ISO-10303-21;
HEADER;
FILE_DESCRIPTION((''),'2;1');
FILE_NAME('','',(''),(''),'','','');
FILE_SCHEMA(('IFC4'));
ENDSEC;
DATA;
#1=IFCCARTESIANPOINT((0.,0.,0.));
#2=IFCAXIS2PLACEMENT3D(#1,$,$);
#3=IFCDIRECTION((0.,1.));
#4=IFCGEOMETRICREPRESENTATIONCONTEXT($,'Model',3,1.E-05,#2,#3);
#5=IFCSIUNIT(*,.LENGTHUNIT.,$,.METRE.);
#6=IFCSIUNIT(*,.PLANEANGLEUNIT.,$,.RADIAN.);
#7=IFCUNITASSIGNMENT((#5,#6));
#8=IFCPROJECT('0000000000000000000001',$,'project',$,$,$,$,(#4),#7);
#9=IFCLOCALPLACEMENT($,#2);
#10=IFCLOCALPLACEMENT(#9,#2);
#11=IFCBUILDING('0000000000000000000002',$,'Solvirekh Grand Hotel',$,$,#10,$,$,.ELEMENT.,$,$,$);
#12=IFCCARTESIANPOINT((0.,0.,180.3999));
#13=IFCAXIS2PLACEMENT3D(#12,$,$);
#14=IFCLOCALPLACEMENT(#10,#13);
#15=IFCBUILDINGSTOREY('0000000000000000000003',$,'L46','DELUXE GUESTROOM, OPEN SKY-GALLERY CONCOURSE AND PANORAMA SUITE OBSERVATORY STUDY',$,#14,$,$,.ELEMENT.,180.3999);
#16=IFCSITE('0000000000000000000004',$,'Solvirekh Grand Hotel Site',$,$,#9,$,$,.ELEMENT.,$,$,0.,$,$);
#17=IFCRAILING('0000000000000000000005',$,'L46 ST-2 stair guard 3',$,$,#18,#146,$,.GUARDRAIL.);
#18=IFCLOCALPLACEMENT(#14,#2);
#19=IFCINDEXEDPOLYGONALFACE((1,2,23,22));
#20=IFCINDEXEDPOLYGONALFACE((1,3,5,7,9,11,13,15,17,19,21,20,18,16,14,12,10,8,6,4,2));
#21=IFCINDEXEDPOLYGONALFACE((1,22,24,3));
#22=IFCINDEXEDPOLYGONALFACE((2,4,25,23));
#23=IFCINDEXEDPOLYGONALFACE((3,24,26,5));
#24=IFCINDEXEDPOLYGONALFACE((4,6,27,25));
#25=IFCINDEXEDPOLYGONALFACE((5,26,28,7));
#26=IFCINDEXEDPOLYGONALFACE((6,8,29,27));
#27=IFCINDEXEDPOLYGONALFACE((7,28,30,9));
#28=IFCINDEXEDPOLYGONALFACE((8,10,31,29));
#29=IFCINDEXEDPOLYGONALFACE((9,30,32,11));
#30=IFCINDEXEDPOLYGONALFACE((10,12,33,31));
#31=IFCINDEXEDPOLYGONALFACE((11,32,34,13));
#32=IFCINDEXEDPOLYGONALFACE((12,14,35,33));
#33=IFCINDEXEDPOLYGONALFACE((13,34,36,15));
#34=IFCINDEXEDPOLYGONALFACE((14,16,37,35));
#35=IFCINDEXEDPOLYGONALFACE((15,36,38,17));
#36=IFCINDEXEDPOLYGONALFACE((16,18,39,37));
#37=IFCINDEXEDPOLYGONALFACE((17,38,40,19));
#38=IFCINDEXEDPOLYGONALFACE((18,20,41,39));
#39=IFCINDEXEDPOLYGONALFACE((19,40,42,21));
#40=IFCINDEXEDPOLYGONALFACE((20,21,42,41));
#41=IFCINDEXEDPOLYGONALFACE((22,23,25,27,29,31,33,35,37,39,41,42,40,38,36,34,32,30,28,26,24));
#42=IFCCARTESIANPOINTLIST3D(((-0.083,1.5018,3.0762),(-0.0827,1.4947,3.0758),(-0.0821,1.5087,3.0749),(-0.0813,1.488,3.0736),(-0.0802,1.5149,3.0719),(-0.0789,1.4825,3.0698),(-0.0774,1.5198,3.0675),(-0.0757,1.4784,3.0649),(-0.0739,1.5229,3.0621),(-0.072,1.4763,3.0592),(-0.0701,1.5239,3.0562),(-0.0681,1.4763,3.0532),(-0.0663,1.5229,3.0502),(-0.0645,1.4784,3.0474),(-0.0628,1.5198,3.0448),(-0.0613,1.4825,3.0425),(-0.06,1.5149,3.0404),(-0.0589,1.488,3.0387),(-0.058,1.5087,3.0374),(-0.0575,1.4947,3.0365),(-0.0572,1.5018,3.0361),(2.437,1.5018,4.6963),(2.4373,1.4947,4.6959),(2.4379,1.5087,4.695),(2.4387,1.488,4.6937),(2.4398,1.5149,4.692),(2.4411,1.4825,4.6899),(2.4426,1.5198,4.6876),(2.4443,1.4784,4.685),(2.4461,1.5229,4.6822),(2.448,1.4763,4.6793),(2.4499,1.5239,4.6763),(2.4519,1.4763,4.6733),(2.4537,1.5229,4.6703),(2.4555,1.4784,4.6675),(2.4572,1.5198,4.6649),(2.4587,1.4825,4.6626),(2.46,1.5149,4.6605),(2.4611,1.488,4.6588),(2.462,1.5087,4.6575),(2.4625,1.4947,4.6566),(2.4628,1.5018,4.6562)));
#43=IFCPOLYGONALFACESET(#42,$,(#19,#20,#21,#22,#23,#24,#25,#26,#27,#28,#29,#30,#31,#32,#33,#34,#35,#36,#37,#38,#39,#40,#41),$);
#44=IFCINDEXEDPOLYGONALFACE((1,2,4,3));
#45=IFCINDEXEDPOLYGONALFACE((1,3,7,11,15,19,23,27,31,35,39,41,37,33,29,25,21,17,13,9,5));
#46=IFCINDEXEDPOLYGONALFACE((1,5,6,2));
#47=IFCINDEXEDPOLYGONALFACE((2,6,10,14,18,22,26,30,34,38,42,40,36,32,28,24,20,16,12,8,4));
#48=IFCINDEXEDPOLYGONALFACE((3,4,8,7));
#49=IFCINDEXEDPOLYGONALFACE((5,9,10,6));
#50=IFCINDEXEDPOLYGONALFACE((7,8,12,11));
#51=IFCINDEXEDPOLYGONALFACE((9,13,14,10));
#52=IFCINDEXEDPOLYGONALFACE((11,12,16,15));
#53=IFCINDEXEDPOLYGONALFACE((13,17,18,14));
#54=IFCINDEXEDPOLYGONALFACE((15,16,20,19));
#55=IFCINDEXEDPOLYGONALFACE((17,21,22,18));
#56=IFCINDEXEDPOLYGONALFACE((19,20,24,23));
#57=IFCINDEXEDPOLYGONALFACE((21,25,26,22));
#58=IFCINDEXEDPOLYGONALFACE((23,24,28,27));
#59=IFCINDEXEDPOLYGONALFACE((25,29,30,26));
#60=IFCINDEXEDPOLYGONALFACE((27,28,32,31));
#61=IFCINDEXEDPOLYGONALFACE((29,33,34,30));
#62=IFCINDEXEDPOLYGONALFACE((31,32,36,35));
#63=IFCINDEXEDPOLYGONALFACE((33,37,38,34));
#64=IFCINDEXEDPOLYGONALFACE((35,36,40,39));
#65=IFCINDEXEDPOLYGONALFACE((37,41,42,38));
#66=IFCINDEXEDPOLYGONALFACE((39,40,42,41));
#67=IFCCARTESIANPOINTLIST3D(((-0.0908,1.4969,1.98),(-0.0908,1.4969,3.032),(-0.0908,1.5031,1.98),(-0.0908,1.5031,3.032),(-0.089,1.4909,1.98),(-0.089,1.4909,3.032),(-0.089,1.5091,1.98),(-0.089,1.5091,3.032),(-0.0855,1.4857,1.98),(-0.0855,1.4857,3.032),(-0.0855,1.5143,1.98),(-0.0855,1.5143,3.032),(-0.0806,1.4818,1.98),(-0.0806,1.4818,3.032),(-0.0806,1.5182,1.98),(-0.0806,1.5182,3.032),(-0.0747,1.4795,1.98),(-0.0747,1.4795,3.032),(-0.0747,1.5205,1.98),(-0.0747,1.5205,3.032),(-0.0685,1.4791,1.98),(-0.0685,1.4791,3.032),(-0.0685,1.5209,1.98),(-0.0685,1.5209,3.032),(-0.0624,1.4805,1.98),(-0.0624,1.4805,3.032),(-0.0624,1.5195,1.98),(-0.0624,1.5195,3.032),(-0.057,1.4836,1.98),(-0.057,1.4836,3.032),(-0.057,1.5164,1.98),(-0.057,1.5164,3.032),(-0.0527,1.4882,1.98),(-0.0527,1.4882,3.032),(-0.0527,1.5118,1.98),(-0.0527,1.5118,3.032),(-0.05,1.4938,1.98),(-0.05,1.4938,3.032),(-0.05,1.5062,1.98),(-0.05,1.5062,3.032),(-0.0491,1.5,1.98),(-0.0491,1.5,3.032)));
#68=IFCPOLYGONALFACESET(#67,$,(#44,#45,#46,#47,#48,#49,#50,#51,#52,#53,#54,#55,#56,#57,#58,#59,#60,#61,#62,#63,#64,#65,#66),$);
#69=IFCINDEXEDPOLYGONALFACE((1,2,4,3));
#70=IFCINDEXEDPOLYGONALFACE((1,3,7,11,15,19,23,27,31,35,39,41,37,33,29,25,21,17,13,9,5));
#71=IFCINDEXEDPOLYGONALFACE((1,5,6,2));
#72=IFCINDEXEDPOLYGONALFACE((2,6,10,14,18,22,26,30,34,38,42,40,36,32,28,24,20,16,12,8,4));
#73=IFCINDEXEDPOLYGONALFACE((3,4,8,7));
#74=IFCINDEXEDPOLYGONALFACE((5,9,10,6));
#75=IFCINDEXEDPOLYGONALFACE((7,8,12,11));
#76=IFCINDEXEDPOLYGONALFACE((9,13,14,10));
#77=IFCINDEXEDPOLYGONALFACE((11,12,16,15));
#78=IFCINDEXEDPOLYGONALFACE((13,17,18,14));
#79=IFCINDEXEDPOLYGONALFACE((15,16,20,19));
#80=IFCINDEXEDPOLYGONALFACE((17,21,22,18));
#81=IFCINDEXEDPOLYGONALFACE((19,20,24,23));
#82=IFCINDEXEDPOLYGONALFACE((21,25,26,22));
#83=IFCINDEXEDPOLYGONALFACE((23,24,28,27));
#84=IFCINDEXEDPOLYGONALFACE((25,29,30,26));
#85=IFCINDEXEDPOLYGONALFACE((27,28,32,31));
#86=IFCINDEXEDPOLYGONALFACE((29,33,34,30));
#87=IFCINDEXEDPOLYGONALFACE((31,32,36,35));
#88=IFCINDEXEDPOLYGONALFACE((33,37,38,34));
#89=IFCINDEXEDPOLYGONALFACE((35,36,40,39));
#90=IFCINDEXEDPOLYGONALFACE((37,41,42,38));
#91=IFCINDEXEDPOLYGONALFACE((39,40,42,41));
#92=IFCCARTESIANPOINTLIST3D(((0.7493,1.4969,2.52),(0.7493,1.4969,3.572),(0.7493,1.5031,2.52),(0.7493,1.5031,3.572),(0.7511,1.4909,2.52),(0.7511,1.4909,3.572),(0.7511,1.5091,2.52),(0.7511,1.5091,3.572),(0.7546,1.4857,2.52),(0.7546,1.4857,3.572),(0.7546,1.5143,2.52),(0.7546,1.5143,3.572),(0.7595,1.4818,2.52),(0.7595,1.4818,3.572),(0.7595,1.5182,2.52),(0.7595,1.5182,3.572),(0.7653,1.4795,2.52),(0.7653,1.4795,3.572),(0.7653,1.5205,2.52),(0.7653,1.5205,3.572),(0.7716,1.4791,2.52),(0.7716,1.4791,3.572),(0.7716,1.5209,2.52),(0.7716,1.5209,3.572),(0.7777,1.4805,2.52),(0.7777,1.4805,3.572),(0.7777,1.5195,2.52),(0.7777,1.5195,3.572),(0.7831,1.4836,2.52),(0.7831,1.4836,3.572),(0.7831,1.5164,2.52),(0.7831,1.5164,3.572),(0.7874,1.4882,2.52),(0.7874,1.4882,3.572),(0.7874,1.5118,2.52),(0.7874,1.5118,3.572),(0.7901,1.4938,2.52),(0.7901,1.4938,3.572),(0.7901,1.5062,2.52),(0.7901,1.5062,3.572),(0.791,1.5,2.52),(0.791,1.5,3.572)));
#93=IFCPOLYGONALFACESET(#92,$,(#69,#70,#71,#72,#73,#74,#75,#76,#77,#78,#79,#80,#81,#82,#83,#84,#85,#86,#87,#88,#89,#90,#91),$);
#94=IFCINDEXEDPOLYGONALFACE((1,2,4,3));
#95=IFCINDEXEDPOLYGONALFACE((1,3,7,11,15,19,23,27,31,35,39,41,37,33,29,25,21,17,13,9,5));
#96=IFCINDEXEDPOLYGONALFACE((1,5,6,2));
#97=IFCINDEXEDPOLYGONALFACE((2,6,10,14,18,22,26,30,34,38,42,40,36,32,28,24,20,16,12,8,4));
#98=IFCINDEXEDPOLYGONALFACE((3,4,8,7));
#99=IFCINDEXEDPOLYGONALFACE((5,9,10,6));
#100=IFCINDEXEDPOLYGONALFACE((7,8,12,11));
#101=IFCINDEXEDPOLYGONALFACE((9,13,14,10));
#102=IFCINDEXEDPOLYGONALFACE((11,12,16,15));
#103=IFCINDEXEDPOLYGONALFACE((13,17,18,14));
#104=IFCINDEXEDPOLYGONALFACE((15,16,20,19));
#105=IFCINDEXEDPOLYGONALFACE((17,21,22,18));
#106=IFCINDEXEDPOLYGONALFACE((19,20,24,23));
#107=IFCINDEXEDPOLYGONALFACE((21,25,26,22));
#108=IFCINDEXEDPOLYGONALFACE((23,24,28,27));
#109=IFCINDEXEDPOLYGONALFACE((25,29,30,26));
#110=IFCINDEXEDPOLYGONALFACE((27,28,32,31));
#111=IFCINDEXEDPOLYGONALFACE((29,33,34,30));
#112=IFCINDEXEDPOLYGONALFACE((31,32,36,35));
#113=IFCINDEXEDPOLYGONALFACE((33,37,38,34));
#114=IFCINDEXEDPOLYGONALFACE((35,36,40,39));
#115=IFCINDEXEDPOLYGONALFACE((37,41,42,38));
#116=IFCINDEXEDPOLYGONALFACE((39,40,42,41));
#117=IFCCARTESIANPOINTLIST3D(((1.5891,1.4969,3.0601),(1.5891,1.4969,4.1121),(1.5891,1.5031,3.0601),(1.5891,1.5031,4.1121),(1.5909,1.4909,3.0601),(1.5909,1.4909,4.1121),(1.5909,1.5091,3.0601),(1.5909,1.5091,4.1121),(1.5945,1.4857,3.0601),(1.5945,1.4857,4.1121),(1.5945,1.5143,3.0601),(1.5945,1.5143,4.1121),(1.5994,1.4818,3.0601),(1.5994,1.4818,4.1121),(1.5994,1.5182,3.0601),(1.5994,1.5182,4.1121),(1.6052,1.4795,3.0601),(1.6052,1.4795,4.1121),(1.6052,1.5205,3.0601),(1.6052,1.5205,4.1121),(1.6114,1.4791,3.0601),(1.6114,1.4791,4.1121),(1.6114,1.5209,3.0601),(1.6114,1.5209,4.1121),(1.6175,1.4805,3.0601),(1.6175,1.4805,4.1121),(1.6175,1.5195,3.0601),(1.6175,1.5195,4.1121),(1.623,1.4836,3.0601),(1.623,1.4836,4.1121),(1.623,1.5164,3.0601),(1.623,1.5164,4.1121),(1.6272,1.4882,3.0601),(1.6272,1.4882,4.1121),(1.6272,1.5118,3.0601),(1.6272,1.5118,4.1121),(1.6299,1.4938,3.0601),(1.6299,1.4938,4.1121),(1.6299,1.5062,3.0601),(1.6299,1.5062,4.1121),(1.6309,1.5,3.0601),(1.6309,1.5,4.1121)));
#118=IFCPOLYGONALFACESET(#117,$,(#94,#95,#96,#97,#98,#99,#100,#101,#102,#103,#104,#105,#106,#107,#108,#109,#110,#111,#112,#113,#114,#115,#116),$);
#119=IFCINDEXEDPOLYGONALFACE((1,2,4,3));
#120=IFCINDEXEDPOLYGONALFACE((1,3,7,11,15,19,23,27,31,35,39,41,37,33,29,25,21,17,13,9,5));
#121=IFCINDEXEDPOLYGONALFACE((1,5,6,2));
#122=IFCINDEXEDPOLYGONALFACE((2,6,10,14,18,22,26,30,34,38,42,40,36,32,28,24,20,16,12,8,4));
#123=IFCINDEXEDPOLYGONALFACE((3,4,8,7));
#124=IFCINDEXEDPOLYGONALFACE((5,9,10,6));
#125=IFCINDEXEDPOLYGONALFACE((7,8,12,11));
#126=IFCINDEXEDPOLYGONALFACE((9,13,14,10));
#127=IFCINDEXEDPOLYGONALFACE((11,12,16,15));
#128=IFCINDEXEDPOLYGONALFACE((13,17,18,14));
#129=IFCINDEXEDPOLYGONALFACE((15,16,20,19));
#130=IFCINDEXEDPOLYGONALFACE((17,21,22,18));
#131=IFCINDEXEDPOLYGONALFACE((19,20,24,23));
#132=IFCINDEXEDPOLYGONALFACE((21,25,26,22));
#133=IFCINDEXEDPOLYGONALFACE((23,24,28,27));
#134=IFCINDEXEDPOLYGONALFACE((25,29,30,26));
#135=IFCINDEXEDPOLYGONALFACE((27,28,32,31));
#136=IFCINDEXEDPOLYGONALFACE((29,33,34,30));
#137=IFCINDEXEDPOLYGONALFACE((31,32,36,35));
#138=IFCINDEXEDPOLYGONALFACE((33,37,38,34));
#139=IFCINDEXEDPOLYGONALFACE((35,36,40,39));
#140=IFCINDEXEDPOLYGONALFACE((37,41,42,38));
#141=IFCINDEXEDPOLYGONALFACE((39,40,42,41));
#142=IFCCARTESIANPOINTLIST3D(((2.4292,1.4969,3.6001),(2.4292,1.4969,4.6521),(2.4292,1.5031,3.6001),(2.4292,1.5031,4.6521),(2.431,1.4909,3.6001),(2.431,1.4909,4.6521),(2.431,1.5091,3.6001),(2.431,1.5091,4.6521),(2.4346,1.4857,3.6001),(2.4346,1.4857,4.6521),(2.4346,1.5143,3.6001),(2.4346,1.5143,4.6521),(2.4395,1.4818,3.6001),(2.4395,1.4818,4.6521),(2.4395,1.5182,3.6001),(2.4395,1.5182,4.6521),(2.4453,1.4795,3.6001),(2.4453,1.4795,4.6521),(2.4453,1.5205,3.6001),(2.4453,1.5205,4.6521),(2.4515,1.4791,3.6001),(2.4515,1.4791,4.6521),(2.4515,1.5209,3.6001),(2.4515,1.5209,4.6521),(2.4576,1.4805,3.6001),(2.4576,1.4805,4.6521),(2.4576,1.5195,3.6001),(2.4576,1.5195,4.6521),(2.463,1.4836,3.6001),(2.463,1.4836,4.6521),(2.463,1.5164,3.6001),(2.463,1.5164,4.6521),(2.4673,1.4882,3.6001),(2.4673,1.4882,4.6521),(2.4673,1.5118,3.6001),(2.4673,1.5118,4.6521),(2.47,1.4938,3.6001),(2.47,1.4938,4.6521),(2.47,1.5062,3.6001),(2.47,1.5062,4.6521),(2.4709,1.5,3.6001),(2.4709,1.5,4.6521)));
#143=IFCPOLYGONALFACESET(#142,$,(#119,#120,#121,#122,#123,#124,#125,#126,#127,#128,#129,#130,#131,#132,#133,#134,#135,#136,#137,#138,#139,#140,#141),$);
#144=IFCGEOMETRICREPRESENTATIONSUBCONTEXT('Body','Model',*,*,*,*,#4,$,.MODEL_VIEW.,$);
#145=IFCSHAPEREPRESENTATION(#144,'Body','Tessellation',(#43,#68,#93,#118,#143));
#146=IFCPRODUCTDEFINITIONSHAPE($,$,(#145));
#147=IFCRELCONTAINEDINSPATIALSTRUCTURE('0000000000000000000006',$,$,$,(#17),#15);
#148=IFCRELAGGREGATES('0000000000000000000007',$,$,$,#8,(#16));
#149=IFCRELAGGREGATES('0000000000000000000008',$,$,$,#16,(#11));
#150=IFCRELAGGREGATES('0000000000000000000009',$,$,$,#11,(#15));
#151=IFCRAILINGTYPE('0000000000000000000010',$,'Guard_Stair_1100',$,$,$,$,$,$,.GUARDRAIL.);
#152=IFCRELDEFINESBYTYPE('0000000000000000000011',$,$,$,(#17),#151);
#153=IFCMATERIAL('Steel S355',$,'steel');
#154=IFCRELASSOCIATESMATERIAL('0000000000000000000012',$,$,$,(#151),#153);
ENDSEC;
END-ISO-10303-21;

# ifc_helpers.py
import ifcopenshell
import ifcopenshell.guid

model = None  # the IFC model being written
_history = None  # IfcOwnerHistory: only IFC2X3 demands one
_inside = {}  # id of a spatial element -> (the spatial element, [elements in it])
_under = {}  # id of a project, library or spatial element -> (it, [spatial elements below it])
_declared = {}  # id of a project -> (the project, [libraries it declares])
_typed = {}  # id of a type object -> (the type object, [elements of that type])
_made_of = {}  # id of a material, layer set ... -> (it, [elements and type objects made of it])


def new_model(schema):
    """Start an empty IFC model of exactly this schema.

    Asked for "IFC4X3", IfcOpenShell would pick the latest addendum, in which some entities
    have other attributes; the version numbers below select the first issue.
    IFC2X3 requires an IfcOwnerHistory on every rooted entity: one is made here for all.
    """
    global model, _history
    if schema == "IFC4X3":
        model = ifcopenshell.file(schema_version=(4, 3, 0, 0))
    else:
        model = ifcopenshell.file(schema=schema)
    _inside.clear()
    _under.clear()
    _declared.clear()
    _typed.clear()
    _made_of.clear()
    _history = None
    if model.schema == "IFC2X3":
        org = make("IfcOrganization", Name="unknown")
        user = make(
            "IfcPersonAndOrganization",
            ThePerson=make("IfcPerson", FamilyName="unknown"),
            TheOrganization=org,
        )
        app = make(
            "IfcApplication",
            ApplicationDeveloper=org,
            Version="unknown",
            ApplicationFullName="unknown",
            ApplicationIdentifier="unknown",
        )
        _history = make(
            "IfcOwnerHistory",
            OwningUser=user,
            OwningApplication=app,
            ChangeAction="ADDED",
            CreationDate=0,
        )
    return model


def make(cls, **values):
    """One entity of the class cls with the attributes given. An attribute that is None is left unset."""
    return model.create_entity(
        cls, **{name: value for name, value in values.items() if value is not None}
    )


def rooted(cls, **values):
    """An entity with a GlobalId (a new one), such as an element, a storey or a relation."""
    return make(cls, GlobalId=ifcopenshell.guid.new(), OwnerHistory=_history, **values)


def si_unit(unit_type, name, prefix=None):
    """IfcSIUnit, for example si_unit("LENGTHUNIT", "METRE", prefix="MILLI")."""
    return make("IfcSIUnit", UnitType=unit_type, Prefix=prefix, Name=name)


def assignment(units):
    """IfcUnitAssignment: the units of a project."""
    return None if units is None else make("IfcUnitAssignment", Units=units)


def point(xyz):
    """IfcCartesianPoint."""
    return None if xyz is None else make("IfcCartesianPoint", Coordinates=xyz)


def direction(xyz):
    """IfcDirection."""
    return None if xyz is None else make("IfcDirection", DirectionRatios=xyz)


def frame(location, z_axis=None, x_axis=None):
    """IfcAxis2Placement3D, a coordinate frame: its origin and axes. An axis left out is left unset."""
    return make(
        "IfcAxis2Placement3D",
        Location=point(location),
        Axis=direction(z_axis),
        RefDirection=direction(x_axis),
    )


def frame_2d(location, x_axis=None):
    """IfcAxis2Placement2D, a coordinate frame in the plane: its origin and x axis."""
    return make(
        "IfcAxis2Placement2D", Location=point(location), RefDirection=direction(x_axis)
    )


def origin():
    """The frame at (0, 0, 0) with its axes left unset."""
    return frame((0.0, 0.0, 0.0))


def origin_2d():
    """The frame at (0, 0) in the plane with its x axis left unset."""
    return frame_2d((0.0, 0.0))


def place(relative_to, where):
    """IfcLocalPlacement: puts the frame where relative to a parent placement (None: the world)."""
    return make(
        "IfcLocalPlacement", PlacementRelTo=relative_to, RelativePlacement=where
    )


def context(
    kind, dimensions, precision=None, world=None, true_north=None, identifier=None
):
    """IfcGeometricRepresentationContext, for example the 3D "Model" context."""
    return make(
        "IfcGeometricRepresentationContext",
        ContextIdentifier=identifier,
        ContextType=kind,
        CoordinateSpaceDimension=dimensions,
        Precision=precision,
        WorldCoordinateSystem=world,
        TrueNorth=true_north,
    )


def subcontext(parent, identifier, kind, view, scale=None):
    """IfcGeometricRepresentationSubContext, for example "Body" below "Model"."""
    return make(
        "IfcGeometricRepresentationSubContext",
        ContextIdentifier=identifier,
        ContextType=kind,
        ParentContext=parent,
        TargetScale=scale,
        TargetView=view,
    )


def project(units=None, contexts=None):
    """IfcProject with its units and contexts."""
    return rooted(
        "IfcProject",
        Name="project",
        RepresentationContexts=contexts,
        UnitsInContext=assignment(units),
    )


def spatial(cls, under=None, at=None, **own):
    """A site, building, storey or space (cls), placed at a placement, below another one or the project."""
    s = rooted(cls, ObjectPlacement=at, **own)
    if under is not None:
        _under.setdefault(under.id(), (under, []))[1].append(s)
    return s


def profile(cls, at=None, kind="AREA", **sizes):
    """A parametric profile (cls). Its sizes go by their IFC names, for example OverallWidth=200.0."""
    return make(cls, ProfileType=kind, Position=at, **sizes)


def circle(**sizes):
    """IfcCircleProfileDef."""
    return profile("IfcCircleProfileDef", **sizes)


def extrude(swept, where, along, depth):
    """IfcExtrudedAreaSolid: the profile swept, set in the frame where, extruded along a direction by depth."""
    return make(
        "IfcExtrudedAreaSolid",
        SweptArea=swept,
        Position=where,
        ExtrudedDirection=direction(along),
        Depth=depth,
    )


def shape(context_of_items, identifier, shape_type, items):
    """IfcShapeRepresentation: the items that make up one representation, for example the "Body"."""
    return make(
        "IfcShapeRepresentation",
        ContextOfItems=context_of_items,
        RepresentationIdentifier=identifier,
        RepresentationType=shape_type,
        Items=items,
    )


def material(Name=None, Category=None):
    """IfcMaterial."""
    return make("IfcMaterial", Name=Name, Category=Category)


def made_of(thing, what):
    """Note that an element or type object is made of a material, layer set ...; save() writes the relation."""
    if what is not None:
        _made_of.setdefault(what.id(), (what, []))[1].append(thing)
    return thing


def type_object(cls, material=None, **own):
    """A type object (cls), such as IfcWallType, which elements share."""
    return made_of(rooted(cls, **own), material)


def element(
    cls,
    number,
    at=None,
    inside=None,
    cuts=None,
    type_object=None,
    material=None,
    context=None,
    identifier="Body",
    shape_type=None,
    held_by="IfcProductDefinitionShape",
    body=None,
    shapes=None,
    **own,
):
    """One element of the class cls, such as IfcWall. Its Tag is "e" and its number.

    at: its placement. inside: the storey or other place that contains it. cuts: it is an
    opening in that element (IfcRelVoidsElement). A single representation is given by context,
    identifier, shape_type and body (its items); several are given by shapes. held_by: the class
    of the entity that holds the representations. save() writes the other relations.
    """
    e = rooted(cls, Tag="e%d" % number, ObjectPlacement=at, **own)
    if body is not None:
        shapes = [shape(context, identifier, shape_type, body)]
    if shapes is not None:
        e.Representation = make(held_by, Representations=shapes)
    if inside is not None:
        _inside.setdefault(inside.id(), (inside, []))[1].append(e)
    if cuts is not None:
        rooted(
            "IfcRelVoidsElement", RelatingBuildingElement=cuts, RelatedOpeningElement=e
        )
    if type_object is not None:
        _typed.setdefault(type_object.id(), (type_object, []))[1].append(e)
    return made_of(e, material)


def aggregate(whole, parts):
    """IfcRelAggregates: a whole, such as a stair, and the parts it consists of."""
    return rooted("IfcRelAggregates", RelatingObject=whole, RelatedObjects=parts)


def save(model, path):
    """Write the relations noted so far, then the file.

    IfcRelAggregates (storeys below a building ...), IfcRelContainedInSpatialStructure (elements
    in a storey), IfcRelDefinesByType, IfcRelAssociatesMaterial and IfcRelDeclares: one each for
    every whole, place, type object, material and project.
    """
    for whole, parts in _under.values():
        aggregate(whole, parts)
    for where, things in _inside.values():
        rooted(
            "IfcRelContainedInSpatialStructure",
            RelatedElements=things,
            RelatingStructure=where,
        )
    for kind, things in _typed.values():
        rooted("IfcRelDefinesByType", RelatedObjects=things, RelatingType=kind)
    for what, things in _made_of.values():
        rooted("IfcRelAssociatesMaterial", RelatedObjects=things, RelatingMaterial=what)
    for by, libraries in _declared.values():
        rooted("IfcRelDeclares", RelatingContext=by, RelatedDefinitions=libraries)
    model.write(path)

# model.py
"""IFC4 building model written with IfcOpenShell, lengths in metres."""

from ifc_helpers import new_model, si_unit, direction, frame, origin, origin_2d, place, context, subcontext, project, spatial, circle, extrude, material, type_object, element, save


model = new_model("IFC4")

# Units and contexts
model_context = context("Model", 3, precision=1e-05, world=origin(), true_north=direction((0.0, 1.0)))
body_context = subcontext(model_context, "Body", "Model", "MODEL_VIEW")
ifc_project = project(units=[si_unit("LENGTHUNIT", "METRE"), si_unit("PLANEANGLEUNIT", "RADIAN")], contexts=[model_context])

# Site, building, storey
site_placement = place(None, origin())
site = spatial("IfcSite", under=ifc_project, at=site_placement, Name="Solvirekh Grand Hotel Site", CompositionType="ELEMENT", RefElevation=0.0)
building_placement = place(site_placement, origin())
building = spatial("IfcBuilding", under=site, at=building_placement, Name="Solvirekh Grand Hotel", CompositionType="ELEMENT")
storey_placement = place(building_placement, frame((0.0, 0.0, 180.3999)))
storey = spatial("IfcBuildingStorey", under=building, at=storey_placement, Name="L46", Description="DELUXE GUESTROOM, OPEN SKY-GALLERY CONCOURSE AND PANORAMA SUITE OBSERVATORY STUDY", CompositionType="ELEMENT", Elevation=180.3999)

# Railing
ifc_material_1 = material(Name="Steel S355", Category="steel")
railing_type = type_object("IfcRailingType", Name="Guard_Stair_1100", PredefinedType="GUARDRAIL", material=ifc_material_1)
railing_1_placement = place(storey_placement, frame((-0.0701, 1.5, 1.98)))
element("IfcRailing", 1, at=railing_1_placement, inside=storey, type_object=railing_type, Name="L46 ST-2 stair guard 3", PredefinedType="GUARDRAIL", context=body_context, shape_type="SweptSolid", body=[
    extrude(circle(Radius=0.0239, at=origin_2d()), frame((0.0, 0.0, 1.0762), z_axis=(0.841163, 0.0, 0.540782), x_axis=(0.0, 1.0, 0.0)), (0.0, 0.0, 1.0), 2.9958),
    extrude(circle(Radius=0.021, at=origin_2d()), origin(), (0.0, 0.0, 1.0), 1.052),
    extrude(circle(Radius=0.021, at=origin_2d()), frame((0.8401, 0.0, 0.54)), (0.0, 0.0, 1.0), 1.052),
    extrude(circle(Radius=0.021, at=origin_2d()), frame((1.6799, 0.0, 1.0801)), (0.0, 0.0, 1.0), 1.052),
    extrude(circle(Radius=0.021, at=origin_2d()), frame((2.52, 0.0, 1.6201)), (0.0, 0.0, 1.0), 1.052),
])

save(model, "model.ifc")
